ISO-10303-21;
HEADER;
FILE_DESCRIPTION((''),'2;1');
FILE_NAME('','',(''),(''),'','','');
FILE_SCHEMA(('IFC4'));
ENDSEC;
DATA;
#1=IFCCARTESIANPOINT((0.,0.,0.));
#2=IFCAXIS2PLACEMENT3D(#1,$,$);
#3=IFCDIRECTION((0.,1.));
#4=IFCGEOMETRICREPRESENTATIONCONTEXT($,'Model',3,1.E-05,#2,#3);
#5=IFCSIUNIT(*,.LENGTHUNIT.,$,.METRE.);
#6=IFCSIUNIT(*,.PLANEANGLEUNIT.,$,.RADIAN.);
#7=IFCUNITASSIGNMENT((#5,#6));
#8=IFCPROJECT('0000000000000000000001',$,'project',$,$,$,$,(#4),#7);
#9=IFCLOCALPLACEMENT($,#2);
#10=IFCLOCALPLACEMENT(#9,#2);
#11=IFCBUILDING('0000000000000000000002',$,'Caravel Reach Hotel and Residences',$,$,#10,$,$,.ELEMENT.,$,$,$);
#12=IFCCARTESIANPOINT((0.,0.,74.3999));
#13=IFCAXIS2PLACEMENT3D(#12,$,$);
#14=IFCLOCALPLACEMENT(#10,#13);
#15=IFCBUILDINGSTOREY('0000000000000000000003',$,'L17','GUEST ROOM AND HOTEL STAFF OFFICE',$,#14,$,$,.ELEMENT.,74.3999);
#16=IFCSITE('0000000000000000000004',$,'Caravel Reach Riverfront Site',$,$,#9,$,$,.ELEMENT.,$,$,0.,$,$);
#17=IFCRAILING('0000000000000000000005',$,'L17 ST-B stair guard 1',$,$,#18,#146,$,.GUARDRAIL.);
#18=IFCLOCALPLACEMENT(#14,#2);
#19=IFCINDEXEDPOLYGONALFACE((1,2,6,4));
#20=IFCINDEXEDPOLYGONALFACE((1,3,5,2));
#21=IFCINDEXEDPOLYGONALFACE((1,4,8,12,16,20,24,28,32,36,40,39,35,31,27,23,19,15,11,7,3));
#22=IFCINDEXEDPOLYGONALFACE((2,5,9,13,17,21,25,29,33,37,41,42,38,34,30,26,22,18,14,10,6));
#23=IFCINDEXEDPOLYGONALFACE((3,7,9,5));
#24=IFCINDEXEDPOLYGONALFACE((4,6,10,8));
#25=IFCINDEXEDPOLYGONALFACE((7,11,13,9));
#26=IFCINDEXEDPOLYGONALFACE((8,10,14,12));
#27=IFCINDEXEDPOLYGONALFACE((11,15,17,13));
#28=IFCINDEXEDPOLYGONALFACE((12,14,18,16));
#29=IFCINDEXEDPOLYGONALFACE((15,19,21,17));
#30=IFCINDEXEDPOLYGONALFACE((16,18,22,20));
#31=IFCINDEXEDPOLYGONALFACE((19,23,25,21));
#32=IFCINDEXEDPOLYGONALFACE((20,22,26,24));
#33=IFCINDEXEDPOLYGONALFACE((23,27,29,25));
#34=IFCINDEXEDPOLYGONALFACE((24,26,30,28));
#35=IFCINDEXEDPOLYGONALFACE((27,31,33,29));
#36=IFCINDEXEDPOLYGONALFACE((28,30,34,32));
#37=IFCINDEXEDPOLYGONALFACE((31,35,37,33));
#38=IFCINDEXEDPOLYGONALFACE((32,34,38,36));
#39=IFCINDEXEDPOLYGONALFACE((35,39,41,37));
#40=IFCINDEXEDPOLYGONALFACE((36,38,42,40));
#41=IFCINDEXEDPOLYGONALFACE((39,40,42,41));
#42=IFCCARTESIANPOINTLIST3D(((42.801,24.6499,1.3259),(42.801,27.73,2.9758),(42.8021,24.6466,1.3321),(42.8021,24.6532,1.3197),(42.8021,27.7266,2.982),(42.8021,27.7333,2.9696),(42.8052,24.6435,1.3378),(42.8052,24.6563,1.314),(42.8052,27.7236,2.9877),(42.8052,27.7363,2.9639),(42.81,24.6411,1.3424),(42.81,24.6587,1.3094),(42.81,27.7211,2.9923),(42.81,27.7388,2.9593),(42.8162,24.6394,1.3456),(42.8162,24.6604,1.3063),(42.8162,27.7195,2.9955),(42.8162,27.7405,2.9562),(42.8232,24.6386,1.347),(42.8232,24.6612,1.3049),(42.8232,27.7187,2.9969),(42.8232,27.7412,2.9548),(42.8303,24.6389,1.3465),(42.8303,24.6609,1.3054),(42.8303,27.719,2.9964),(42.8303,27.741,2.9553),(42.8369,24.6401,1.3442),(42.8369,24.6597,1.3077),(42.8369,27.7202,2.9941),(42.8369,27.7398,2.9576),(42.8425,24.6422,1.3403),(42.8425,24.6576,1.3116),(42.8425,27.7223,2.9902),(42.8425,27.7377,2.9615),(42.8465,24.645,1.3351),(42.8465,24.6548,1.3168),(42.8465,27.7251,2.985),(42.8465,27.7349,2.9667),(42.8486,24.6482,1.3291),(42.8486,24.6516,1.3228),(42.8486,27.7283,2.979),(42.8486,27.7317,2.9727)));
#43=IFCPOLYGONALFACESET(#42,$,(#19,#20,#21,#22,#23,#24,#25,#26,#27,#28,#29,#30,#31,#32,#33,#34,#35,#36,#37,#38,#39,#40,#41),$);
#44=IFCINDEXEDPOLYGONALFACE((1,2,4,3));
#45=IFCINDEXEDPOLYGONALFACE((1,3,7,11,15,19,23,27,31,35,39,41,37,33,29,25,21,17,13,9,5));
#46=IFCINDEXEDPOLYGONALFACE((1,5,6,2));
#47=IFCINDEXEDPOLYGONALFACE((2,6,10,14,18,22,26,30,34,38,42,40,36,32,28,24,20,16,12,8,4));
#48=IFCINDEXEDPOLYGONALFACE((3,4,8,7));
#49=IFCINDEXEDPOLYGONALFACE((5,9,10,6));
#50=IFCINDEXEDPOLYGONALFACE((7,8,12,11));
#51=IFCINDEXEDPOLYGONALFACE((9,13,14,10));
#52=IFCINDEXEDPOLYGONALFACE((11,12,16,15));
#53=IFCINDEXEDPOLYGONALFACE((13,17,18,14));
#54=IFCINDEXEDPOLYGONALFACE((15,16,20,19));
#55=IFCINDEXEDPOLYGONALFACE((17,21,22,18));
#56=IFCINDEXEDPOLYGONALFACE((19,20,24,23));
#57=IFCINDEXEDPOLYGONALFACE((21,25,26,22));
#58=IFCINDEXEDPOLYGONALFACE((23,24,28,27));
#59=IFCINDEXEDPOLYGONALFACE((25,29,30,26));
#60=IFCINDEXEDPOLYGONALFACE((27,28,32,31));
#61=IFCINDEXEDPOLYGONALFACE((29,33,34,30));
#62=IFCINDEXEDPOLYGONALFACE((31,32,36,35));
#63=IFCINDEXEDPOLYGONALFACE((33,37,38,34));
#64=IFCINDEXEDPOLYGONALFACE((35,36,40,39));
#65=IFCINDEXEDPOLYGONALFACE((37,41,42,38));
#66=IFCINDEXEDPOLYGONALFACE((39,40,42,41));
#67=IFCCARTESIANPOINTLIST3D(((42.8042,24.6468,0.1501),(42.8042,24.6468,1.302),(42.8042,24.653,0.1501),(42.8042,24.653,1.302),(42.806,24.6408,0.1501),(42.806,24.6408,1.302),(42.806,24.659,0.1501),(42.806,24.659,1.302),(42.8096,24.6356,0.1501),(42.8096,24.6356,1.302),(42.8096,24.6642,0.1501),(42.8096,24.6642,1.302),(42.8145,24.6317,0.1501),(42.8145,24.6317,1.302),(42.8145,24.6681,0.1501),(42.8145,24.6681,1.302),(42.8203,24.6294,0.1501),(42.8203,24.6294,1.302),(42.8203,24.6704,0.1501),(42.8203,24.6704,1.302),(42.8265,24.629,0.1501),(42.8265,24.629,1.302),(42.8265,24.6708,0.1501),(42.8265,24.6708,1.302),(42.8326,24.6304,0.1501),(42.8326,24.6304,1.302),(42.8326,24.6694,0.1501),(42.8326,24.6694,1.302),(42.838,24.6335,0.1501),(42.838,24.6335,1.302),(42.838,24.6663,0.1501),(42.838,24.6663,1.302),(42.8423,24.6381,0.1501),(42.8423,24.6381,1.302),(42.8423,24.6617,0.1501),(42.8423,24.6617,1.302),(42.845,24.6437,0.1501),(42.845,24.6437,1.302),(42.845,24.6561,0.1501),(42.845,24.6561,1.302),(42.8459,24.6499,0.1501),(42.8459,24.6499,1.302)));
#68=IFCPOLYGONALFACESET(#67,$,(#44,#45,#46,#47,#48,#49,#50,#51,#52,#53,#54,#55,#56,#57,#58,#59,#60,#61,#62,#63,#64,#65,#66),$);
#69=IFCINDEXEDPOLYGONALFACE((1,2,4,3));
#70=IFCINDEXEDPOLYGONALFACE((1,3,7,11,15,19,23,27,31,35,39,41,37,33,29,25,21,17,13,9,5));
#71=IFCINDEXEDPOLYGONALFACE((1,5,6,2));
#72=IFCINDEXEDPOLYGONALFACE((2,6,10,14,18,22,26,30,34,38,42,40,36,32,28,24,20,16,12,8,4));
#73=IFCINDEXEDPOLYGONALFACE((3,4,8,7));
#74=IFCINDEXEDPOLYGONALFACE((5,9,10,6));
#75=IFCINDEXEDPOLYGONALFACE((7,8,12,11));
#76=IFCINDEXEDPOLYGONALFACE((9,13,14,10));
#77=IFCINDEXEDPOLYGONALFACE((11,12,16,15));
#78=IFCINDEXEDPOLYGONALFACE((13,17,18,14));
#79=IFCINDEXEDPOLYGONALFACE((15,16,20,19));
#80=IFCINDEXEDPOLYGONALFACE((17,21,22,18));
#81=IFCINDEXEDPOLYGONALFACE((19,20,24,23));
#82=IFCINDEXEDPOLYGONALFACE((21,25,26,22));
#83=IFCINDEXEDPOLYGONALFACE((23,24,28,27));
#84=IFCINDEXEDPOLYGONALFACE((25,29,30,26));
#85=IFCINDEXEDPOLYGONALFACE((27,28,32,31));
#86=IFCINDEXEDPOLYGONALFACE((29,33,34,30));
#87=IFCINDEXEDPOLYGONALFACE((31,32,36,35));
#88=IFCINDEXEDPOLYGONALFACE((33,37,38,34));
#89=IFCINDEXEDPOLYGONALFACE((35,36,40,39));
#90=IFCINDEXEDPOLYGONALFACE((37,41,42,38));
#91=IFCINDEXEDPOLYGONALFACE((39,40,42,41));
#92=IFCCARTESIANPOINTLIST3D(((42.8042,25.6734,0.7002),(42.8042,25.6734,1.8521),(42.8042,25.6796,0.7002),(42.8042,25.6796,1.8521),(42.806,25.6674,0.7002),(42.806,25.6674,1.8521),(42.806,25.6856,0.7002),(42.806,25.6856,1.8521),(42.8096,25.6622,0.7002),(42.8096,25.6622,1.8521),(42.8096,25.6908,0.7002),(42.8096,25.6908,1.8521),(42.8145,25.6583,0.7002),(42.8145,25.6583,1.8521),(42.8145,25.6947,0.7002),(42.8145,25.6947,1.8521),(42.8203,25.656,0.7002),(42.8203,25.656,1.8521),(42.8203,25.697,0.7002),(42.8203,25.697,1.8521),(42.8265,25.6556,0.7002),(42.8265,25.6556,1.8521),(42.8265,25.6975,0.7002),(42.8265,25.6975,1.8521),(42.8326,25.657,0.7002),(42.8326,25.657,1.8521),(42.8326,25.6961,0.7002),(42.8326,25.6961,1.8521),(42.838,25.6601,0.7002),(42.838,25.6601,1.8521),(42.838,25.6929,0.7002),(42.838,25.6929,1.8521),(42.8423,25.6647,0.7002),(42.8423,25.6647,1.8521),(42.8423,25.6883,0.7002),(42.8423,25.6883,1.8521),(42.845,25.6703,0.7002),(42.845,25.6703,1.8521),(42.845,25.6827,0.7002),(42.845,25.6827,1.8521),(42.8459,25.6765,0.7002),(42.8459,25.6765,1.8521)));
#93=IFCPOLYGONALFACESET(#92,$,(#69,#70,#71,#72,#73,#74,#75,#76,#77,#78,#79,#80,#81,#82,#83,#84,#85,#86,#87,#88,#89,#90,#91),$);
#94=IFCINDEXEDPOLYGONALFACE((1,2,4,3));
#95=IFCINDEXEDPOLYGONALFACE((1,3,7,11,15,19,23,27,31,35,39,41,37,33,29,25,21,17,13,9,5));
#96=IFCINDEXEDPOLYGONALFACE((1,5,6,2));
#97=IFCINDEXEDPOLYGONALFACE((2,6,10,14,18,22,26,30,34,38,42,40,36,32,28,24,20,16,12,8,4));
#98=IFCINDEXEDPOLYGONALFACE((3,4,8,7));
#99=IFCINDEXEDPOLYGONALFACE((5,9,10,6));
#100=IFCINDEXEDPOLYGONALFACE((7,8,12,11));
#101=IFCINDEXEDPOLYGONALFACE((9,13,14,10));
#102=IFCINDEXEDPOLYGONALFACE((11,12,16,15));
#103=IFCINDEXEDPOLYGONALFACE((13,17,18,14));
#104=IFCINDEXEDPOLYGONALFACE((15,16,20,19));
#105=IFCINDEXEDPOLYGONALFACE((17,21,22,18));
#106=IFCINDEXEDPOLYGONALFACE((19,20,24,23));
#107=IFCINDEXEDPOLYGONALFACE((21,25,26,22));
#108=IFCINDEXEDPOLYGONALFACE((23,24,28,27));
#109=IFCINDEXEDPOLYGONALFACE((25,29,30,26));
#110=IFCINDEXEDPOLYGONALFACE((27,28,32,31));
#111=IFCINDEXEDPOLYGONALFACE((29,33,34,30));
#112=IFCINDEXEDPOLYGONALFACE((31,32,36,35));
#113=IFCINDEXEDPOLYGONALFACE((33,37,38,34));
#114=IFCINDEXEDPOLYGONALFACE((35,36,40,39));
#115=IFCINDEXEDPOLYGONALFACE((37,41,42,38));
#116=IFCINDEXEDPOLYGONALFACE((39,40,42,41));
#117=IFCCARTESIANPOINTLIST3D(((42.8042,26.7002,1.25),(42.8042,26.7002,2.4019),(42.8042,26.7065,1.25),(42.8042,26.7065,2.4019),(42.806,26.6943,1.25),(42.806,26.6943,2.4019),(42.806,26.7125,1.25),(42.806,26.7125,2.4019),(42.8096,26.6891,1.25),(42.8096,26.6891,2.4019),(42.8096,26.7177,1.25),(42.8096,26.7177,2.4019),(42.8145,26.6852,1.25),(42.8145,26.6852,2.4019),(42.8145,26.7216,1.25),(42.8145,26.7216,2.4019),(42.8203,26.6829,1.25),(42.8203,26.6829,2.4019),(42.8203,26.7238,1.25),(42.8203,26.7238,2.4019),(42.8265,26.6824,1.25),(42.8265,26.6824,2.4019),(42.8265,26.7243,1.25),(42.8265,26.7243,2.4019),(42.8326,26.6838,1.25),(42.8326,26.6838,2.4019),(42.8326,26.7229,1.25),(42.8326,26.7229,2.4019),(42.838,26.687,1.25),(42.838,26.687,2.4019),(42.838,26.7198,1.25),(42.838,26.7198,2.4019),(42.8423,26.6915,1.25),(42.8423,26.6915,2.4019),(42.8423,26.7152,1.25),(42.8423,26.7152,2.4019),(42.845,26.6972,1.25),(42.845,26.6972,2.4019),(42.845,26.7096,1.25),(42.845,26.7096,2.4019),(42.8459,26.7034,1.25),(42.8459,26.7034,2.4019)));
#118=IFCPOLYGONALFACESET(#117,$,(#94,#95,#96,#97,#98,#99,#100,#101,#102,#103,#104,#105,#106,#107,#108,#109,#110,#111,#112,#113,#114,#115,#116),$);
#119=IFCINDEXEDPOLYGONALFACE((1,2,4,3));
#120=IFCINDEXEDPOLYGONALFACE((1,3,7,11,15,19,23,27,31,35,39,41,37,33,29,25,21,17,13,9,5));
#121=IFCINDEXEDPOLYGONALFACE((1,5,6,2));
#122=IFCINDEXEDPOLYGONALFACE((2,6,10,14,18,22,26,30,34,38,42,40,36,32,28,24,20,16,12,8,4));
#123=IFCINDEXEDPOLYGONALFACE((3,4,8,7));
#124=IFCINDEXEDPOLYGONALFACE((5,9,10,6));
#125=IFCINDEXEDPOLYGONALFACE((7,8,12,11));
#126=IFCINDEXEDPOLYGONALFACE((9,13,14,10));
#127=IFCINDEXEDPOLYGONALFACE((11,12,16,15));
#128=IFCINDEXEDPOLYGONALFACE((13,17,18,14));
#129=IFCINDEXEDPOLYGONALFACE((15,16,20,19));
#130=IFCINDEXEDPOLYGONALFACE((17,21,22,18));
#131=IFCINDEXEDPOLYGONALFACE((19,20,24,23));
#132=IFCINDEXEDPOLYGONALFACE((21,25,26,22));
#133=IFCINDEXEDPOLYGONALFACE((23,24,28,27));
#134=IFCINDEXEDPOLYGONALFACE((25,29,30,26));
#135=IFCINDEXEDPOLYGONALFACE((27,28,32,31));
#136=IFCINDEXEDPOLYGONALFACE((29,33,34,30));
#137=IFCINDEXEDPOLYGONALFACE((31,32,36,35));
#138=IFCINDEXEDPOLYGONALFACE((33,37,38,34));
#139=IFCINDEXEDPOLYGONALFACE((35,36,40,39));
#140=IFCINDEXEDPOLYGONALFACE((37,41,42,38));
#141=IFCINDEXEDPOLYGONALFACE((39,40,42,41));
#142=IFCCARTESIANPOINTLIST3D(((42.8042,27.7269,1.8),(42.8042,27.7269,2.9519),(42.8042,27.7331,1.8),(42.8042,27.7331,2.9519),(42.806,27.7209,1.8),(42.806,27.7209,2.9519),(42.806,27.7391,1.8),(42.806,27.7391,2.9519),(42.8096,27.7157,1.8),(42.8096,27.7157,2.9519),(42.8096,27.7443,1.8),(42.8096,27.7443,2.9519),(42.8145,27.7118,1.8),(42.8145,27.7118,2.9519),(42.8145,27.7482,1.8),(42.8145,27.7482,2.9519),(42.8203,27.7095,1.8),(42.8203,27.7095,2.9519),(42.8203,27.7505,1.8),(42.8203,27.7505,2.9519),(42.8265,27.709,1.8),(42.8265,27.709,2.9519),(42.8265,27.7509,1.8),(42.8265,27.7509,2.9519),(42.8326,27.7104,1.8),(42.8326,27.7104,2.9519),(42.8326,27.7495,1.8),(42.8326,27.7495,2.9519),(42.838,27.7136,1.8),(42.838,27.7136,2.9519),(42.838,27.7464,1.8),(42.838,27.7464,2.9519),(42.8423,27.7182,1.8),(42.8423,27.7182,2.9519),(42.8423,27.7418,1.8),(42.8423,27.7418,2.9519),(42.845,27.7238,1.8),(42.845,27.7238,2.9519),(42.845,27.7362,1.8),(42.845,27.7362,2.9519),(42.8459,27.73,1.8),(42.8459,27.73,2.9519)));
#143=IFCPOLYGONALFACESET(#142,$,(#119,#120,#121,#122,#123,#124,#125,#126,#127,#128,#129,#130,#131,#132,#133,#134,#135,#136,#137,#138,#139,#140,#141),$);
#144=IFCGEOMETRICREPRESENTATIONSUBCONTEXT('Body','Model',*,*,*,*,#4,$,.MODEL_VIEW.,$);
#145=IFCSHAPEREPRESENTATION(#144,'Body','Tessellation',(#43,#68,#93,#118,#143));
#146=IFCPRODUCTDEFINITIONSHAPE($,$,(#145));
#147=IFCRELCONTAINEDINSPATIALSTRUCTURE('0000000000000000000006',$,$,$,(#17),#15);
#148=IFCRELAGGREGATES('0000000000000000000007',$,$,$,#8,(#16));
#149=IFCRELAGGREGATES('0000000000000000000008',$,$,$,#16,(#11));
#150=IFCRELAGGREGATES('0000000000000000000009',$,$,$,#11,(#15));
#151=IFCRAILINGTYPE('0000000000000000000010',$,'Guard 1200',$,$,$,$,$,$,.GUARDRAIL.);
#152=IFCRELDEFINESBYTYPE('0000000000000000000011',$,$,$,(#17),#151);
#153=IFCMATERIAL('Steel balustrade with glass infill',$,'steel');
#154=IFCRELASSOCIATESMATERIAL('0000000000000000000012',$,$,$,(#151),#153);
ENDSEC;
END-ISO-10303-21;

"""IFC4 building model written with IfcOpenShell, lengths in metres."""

from ifc_helpers import new_model, si_unit, direction, frame, origin, origin_2d, place, context, subcontext, project, spatial, circle, extrude, material, type_object, element, save


model = new_model("IFC4")

# Units and contexts
model_context = context("Model", 3, precision=1e-05, world=origin(), true_north=direction((0.0, 1.0)))
body_context = subcontext(model_context, "Body", "Model", "MODEL_VIEW")
ifc_project = project(units=[si_unit("LENGTHUNIT", "METRE"), si_unit("PLANEANGLEUNIT", "RADIAN")], contexts=[model_context])

# Site, building, storey
site_placement = place(None, origin())
site = spatial("IfcSite", under=ifc_project, at=site_placement, Name="Caravel Reach Riverfront Site", CompositionType="ELEMENT", RefElevation=0.0)
building_placement = place(site_placement, origin())
building = spatial("IfcBuilding", under=site, at=building_placement, Name="Caravel Reach Hotel and Residences", CompositionType="ELEMENT")
storey_placement = place(building_placement, frame((0.0, 0.0, 74.3999)))
storey = spatial("IfcBuildingStorey", under=building, at=storey_placement, Name="L17", Description="GUEST ROOM AND HOTEL STAFF OFFICE", CompositionType="ELEMENT", Elevation=74.3999)

# Railing
ifc_material_1 = material(Name="Steel balustrade with glass infill", Category="steel")
railing_type_1 = type_object("IfcRailingType", Name="Guard 1200", PredefinedType="GUARDRAIL", material=ifc_material_1)
railing_1_placement = place(storey_placement, frame((42.825, 24.6499, 0.1501)))
element("IfcRailing", 1, at=railing_1_placement, inside=storey, type_object=railing_type_1, Name="L17 ST-B stair guard 1", PredefinedType="GUARDRAIL", context=body_context, shape_type="SweptSolid", body=[
    extrude(circle(Radius=0.0239, at=origin_2d()), frame((0.0, 0.0, 1.1758), z_axis=(0.0, 0.881497, 0.47219), x_axis=(-1.0, 0.0, 0.0)), (0.0, 0.0, 1.0), 3.4941),
    extrude(circle(Radius=0.021, at=origin_2d()), origin(), (0.0, 0.0, 1.0), 1.1519),
    extrude(circle(Radius=0.021, at=origin_2d()), frame((0.0, 1.0266, 0.55)), (0.0, 0.0, 1.0), 1.1519),
    extrude(circle(Radius=0.021, at=origin_2d()), frame((0.0, 2.0535, 1.0999)), (0.0, 0.0, 1.0), 1.1519),
    extrude(circle(Radius=0.021, at=origin_2d()), frame((0.0, 3.0801, 1.6499)), (0.0, 0.0, 1.0), 1.1519),
])

save(model, "model.ifc")
